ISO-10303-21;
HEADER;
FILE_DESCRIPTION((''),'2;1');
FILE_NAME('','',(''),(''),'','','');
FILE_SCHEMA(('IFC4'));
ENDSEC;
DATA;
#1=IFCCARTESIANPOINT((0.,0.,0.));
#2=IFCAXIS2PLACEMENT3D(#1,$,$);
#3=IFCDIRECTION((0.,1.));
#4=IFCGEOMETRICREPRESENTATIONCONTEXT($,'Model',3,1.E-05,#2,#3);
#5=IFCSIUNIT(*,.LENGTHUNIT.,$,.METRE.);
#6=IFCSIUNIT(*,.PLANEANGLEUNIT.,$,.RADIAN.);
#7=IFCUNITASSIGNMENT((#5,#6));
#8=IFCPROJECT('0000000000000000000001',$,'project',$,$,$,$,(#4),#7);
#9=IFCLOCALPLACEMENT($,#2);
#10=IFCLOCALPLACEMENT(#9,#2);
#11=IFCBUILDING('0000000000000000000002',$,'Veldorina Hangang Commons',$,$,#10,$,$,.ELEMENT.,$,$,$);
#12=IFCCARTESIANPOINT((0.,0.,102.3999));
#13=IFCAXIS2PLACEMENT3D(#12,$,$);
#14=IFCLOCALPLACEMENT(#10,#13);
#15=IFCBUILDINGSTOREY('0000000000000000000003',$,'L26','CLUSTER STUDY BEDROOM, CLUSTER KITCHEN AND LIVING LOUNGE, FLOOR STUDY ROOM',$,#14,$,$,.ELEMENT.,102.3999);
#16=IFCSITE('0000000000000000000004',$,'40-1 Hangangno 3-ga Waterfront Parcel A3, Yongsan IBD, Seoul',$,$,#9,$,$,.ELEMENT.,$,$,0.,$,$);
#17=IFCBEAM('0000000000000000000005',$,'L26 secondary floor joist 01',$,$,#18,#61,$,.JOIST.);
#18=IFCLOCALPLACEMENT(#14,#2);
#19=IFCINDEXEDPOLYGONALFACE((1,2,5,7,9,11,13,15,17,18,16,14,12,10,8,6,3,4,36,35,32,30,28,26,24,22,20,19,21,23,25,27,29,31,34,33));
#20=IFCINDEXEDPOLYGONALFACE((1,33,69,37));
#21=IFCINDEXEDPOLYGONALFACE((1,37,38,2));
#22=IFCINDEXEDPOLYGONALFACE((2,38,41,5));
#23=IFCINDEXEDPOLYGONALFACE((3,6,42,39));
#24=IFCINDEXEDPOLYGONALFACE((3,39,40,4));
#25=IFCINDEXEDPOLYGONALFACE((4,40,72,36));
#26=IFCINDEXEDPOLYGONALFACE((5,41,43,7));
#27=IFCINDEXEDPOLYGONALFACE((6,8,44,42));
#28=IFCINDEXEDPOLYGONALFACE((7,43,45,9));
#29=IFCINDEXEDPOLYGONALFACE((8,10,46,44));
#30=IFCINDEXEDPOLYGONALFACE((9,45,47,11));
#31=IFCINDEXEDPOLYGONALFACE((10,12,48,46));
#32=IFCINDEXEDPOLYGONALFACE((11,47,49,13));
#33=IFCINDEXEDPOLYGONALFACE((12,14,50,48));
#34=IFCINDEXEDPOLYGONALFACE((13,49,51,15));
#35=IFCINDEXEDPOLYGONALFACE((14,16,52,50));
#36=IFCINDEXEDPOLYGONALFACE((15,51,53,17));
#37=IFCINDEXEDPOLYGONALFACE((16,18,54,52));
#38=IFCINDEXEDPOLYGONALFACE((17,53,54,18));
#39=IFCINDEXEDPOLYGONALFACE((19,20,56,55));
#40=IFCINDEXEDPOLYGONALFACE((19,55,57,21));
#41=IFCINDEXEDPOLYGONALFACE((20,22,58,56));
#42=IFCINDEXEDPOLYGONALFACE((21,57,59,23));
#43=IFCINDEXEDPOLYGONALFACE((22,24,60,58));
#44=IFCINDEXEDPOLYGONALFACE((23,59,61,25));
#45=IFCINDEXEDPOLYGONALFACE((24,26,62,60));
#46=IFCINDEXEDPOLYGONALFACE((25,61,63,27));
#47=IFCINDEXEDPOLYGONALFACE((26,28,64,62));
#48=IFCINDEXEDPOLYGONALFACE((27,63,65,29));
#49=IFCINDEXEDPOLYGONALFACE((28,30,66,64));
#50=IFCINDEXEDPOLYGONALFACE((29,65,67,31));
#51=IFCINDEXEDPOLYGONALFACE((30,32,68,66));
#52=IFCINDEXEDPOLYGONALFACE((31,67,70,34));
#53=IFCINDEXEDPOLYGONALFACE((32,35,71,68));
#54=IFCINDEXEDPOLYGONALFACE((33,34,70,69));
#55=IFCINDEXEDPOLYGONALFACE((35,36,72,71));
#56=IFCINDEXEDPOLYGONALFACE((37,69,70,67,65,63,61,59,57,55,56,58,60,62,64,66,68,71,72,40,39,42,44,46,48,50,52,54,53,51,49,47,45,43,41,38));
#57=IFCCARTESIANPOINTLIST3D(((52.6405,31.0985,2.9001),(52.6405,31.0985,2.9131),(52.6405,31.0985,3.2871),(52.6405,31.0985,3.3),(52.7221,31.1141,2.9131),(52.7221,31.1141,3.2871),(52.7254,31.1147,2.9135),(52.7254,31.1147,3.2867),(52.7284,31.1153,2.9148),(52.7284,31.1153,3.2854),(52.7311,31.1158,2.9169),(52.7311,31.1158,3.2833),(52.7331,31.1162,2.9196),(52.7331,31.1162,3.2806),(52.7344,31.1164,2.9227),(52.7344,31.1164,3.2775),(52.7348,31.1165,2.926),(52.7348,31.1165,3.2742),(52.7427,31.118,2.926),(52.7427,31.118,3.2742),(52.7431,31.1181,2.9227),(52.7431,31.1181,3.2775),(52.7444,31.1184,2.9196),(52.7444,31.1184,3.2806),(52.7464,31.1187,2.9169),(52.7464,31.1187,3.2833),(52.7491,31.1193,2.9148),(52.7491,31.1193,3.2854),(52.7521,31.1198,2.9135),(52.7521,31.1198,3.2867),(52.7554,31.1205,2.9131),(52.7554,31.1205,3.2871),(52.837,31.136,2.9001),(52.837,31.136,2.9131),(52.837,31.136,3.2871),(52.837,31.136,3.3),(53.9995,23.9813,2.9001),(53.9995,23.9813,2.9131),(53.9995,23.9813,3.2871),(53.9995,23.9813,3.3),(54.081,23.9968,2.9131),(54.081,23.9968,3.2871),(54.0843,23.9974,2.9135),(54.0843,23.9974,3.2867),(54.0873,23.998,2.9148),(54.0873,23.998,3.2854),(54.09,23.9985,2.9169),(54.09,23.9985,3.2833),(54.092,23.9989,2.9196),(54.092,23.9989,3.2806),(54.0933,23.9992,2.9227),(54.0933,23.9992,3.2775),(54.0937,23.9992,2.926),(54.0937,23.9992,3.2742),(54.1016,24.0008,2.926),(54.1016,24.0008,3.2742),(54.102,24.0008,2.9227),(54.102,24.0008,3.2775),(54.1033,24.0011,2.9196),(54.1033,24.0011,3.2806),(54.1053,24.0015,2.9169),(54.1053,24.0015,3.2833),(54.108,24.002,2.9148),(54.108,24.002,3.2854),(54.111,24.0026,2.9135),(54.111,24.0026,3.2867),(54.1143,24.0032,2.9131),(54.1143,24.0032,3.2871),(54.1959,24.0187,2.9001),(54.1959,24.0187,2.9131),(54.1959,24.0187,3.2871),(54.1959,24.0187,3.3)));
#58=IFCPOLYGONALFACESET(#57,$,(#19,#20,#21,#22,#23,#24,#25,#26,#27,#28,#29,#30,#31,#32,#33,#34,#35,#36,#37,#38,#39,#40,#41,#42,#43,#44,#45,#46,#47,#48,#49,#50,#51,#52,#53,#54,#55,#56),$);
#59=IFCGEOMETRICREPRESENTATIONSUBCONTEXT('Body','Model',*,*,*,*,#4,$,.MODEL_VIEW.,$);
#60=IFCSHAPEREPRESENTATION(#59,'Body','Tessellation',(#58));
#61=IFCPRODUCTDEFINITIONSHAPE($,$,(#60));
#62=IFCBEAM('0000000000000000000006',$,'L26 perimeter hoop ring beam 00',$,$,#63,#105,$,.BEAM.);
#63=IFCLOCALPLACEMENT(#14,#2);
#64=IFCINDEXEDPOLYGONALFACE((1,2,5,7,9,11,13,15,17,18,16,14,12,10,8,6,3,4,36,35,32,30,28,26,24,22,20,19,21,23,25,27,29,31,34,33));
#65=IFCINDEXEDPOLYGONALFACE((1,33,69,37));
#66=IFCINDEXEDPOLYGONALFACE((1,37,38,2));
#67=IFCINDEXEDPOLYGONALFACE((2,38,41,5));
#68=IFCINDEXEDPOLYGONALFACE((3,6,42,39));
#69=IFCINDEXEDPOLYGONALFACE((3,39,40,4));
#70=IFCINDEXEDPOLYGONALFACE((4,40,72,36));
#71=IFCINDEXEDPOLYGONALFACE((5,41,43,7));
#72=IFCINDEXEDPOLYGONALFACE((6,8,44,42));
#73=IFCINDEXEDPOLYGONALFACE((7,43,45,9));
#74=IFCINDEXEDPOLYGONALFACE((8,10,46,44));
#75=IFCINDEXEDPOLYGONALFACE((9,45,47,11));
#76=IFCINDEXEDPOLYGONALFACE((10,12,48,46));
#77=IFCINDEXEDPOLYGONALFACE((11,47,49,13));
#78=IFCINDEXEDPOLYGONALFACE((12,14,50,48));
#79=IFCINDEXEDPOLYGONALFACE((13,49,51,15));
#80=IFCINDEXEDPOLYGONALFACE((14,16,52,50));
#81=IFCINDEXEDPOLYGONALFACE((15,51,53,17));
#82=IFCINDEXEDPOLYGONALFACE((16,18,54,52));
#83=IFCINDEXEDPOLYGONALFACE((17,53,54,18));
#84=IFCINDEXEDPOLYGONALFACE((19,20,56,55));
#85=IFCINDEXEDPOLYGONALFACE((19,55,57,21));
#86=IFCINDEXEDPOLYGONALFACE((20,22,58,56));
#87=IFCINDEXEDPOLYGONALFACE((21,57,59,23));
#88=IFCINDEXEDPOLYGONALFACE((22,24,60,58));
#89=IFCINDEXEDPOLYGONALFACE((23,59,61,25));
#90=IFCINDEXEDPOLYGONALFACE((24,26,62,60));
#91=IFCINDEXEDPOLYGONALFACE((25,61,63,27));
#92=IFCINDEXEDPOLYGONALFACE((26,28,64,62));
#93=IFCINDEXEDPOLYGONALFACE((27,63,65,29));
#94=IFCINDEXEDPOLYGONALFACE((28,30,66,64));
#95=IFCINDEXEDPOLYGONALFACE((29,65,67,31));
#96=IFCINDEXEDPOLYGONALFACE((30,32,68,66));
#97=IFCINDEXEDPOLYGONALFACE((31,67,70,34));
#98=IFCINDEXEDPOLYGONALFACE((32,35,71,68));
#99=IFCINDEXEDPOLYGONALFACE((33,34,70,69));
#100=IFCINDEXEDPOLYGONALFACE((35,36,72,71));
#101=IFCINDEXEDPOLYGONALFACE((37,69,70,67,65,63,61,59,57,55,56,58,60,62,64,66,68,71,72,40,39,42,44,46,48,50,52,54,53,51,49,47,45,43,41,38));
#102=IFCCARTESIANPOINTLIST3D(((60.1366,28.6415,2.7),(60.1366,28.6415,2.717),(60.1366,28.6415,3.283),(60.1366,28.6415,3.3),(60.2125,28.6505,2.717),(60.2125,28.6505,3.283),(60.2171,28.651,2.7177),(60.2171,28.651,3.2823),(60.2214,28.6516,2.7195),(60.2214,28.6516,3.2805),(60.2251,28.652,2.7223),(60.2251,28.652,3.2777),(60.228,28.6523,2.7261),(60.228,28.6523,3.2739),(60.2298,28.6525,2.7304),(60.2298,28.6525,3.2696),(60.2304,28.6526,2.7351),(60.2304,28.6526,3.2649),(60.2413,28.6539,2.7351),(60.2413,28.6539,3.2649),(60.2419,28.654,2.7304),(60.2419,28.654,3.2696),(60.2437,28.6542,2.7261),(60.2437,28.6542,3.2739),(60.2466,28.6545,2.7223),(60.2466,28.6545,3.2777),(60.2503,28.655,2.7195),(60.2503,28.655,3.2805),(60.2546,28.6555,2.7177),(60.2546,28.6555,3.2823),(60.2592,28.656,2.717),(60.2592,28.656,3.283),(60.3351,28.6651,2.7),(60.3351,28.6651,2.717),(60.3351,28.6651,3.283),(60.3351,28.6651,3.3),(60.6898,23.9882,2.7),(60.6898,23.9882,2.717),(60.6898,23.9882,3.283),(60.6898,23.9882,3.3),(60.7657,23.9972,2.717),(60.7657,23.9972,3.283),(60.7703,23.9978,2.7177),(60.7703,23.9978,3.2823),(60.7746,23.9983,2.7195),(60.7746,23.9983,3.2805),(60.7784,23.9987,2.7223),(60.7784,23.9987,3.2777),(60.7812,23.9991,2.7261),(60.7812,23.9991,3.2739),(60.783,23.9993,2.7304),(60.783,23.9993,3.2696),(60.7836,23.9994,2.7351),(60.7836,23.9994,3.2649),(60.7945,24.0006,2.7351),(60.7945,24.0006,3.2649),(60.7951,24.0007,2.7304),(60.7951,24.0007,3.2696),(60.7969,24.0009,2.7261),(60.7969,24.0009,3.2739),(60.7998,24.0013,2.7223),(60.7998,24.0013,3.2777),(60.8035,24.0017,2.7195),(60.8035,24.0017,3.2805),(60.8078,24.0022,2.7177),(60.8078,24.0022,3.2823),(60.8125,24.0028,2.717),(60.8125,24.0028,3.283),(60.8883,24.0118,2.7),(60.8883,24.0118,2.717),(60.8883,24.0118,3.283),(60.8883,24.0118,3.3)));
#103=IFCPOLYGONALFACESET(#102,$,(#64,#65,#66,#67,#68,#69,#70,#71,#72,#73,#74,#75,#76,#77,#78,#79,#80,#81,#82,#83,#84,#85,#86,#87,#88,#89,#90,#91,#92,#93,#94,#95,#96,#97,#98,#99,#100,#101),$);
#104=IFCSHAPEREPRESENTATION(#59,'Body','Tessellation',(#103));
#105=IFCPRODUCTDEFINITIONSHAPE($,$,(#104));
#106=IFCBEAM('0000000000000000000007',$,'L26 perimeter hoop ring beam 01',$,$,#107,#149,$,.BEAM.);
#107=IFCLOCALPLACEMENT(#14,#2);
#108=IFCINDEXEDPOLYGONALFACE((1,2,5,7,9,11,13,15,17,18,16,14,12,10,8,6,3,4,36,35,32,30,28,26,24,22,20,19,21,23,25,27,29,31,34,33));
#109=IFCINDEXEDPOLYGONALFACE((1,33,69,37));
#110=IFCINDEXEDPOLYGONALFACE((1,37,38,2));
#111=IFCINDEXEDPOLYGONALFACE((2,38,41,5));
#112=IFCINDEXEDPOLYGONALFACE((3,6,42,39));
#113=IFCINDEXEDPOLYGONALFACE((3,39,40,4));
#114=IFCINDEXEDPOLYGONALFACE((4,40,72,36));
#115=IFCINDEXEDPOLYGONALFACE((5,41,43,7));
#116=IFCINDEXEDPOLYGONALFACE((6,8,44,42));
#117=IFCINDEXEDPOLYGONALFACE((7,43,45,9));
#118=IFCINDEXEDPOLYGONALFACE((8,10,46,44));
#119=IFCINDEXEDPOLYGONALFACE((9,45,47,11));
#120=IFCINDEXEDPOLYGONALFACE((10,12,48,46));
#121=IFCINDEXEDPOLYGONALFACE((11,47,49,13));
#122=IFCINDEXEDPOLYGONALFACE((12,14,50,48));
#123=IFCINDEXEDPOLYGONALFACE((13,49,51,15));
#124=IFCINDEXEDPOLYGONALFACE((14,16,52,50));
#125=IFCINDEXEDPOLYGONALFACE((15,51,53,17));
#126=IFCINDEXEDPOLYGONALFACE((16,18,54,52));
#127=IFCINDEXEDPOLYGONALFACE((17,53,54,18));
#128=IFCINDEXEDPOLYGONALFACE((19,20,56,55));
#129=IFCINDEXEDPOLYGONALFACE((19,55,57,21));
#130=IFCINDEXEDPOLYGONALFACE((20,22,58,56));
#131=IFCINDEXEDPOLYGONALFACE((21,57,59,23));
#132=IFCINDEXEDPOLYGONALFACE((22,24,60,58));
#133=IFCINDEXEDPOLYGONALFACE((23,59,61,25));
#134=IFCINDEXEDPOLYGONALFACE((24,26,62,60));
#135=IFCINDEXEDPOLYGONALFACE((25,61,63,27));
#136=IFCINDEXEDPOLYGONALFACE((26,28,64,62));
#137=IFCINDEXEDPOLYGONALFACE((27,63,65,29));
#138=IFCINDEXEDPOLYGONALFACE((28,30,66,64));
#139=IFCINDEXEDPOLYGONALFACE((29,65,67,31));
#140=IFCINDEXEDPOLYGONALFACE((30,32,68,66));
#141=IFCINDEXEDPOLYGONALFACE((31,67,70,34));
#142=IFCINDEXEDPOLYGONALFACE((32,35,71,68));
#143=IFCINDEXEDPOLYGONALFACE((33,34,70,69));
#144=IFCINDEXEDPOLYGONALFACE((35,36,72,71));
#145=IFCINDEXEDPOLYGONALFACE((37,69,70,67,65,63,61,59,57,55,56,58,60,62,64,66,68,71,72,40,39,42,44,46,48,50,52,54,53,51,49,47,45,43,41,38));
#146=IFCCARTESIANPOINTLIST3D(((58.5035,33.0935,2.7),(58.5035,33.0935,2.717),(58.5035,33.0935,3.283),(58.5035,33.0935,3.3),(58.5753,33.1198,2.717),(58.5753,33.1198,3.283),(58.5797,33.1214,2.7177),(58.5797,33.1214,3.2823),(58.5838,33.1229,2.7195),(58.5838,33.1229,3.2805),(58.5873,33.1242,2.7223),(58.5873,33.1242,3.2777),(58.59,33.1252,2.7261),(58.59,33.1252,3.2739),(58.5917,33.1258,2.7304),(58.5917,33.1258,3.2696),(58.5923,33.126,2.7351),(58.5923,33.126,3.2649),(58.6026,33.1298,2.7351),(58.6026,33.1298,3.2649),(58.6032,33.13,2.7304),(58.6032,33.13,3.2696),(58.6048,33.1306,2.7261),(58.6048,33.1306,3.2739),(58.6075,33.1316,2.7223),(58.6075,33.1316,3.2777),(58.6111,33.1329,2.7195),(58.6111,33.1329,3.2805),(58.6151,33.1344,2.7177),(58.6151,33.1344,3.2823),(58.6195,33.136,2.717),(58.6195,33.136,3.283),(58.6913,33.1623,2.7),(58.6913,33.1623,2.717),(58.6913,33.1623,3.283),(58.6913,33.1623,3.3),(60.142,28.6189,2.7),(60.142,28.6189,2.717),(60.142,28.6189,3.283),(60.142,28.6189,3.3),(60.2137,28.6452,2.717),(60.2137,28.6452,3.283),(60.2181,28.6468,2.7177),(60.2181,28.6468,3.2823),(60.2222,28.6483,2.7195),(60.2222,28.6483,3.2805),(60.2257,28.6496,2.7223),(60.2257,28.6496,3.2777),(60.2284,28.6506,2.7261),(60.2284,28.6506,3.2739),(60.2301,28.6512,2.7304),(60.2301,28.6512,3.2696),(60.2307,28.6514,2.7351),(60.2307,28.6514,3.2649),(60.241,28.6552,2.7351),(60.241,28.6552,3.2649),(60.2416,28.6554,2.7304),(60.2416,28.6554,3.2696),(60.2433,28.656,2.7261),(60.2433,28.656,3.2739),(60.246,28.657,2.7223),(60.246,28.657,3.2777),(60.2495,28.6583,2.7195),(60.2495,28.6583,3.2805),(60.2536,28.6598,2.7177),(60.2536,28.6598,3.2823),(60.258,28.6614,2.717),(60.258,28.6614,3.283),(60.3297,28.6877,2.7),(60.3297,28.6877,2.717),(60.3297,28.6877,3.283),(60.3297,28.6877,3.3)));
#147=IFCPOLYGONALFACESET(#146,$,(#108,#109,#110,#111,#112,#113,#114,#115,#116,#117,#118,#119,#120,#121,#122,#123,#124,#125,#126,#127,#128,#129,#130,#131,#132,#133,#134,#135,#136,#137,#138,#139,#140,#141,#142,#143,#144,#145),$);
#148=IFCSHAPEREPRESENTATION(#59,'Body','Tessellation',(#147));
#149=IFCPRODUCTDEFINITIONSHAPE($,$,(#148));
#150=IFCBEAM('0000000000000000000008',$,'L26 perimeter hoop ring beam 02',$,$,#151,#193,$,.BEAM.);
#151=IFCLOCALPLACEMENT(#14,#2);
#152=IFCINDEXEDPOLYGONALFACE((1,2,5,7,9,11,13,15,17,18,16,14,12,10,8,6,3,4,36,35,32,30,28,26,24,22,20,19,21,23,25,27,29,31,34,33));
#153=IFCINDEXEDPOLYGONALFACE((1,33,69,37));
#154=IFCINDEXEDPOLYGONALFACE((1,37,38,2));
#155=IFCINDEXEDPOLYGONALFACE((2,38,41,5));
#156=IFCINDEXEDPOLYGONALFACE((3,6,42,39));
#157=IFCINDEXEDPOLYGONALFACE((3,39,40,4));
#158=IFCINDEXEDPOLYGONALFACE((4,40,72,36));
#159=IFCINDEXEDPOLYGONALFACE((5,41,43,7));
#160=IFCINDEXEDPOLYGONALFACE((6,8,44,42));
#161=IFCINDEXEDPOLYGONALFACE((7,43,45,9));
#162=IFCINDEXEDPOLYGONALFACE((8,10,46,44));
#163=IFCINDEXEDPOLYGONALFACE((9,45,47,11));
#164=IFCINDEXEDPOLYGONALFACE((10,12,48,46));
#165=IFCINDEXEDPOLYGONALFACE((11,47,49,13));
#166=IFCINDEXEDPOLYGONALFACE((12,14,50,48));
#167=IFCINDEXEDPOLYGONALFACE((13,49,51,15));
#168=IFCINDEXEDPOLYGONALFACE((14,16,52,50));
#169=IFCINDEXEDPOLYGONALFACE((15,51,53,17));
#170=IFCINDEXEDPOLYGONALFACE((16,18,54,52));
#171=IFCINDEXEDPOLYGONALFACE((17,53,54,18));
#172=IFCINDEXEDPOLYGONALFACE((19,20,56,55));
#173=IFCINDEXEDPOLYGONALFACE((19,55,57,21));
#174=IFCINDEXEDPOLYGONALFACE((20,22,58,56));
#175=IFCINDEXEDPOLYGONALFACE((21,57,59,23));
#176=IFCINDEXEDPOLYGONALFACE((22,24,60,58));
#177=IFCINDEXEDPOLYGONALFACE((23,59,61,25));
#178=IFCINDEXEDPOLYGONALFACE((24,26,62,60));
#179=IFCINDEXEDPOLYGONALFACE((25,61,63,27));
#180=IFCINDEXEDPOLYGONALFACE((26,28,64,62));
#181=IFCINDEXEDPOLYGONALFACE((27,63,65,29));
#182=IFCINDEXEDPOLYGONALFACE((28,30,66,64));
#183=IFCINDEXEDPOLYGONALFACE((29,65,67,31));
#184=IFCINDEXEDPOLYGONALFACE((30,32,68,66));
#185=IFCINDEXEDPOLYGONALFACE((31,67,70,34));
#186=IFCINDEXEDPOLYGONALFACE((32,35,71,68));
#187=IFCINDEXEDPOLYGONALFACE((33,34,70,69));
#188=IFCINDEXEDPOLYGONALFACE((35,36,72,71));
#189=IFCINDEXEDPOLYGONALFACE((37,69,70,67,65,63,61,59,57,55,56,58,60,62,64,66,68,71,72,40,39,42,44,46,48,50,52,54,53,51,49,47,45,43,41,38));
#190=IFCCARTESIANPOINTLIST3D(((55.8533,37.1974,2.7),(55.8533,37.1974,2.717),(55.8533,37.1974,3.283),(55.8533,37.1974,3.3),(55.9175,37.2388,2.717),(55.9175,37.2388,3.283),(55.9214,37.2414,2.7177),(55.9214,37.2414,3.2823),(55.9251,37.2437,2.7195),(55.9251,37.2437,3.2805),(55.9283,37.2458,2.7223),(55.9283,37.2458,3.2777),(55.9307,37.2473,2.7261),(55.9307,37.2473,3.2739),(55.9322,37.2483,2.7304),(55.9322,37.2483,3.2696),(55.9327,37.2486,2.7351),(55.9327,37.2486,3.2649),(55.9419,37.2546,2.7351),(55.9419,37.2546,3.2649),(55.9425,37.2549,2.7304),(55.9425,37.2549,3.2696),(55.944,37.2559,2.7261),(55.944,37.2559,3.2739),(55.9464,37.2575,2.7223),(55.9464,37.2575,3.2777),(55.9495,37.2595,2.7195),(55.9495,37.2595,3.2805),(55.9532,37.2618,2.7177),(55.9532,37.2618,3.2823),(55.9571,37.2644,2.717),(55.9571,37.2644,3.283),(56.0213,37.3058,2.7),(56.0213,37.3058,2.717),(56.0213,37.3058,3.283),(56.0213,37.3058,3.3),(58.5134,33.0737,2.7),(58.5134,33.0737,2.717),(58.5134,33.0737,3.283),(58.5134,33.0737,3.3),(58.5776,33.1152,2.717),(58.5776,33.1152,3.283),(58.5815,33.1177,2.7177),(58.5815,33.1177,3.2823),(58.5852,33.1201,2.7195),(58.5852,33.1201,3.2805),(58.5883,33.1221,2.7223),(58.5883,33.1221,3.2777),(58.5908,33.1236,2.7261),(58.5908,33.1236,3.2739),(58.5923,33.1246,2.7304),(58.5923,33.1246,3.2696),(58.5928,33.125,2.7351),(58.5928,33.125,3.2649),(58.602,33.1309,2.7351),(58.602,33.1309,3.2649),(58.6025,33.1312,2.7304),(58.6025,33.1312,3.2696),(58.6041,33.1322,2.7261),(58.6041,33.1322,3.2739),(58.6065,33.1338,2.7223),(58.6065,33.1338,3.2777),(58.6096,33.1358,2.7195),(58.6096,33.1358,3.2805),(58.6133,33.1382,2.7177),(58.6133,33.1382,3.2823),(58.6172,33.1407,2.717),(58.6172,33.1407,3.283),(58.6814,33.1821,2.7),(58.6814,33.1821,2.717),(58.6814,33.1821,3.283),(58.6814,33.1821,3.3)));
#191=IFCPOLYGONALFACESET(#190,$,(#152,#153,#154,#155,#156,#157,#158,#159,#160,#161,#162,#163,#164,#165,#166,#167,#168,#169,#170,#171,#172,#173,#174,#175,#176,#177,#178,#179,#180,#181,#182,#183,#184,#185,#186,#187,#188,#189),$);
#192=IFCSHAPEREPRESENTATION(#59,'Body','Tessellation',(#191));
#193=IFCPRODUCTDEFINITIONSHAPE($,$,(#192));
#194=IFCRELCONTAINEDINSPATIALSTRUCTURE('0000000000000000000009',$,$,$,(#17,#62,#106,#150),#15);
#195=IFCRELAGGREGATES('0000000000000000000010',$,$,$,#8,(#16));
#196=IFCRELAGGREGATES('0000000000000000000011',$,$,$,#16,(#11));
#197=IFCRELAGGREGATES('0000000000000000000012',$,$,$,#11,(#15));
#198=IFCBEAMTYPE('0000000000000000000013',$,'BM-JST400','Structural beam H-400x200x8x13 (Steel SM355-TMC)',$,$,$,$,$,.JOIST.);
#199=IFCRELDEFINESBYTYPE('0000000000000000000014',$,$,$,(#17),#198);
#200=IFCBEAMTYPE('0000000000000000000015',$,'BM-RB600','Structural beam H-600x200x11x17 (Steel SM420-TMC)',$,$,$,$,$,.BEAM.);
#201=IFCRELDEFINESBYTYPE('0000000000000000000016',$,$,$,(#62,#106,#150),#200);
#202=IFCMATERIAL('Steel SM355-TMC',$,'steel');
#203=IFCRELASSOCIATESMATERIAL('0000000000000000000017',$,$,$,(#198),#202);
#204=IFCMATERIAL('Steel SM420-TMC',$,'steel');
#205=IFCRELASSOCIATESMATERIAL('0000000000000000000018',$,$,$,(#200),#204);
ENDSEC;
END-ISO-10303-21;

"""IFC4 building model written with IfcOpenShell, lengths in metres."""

from ifc_helpers import new_model, si_unit, direction, frame, origin, origin_2d, place, context, subcontext, project, spatial, i_section, extrude, material, material_profile, profile_set, type_object, element, save


model = new_model("IFC4")

# Units and contexts
model_context = context("Model", 3, precision=1e-05, world=origin(), true_north=direction((0.0, 1.0)))
body_context = subcontext(model_context, "Body", "Model", "MODEL_VIEW")
ifc_project = project(units=[si_unit("LENGTHUNIT", "METRE"), si_unit("PLANEANGLEUNIT", "RADIAN")], contexts=[model_context])

# Site, building, storey
site_placement = place(None, origin())
site = spatial("IfcSite", under=ifc_project, at=site_placement, Name="40-1 Hangangno 3-ga Waterfront Parcel A3, Yongsan IBD, Seoul", CompositionType="ELEMENT", RefElevation=0.0)
building_placement = place(site_placement, origin())
building = spatial("IfcBuilding", under=site, at=building_placement, Name="Veldorina Hangang Commons", CompositionType="ELEMENT")
storey_placement = place(building_placement, frame((0.0, 0.0, 102.3999)))
storey = spatial("IfcBuildingStorey", under=building, at=storey_placement, Name="L26", Description="CLUSTER STUDY BEDROOM, CLUSTER KITCHEN AND LIVING LOUNGE, FLOOR STUDY ROOM", CompositionType="ELEMENT", Elevation=102.3999)

# Beams
ifc_material_1 = material(Name="Steel SM355-TMC", Category="steel")
ifc_material_profile_1 = material_profile(ifc_material_1, i_section(OverallWidth=0.2, OverallDepth=0.3999, WebThickness=0.0081, FlangeThickness=0.0129, FilletRadius=0.0129, at=origin_2d()), Name="H-400x200x8x13")
ifc_profile_set_1 = profile_set([ifc_material_profile_1], Name="Steel SM355-TMC")
beam_type_1 = type_object("IfcBeamType", Name="BM-JST400", Description="Structural beam H-400x200x8x13 (Steel SM355-TMC)", PredefinedType="JOIST", material=ifc_profile_set_1)
beam_1_placement = place(storey_placement, frame((54.0977, 24.0, 3.1001), z_axis=(-0.187543, 0.982256, 0.0), x_axis=(-0.982256, -0.187543, 0.0)))
element("IfcBeam", 1, at=beam_1_placement, inside=storey, type_object=beam_type_1, Name="L26 secondary floor joist 01", PredefinedType="JOIST", context=body_context, shape_type="SweptSolid", body=[
    extrude(i_section(OverallWidth=0.2, OverallDepth=0.3999, WebThickness=0.0081, FlangeThickness=0.0129, FilletRadius=0.0129, at=origin_2d()), origin(), (0.0, 0.0, 1.0), 7.2458),
])
ifc_material_2 = material(Name="Steel SM420-TMC", Category="steel")
ifc_material_profile_2 = material_profile(ifc_material_2, i_section(OverallWidth=0.2, OverallDepth=0.6001, WebThickness=0.011, FlangeThickness=0.0171, FilletRadius=0.0181, at=origin_2d()), Name="H-600x200x11x17")
ifc_profile_set_2 = profile_set([ifc_material_profile_2], Name="Steel SM420-TMC")
beam_type_2 = type_object("IfcBeamType", Name="BM-RB600", Description="Structural beam H-600x200x11x17 (Steel SM420-TMC)", PredefinedType="BEAM", material=ifc_profile_set_2)
beam_2_placement = place(storey_placement, frame((60.7891, 24.0, 3.0), z_axis=(-0.118056, 0.993007, 0.0), x_axis=(-0.993007, -0.118056, 0.0)))
element("IfcBeam", 2, at=beam_2_placement, inside=storey, type_object=beam_type_2, Name="L26 perimeter hoop ring beam 00", PredefinedType="BEAM", context=body_context, shape_type="SweptSolid", body=[
    extrude(i_section(OverallWidth=0.2, OverallDepth=0.6001, WebThickness=0.011, FlangeThickness=0.0171, FilletRadius=0.0181, at=origin_2d()), origin(), (0.0, 0.0, 1.0), 4.686),
])
beam_3_placement = place(storey_placement, frame((60.2358, 28.6533, 3.0), z_axis=(-0.343836, 0.93903, 0.0), x_axis=(-0.93903, -0.343836, 0.0)))
element("IfcBeam", 3, at=beam_3_placement, inside=storey, type_object=beam_type_2, Name="L26 perimeter hoop ring beam 01", PredefinedType="BEAM", context=body_context, shape_type="SweptSolid", body=[
    extrude(i_section(OverallWidth=0.2, OverallDepth=0.6001, WebThickness=0.011, FlangeThickness=0.0171, FilletRadius=0.0181, at=origin_2d()), origin(), (0.0, 0.0, 1.0), 4.7651),
])
beam_4_placement = place(storey_placement, frame((58.5974, 33.1279, 3.0), z_axis=(-0.542077, 0.840329, 0.0), x_axis=(-0.840329, -0.542077, 0.0)))
element("IfcBeam", 4, at=beam_4_placement, inside=storey, type_object=beam_type_2, Name="L26 perimeter hoop ring beam 02", PredefinedType="BEAM", context=body_context, shape_type="SweptSolid", body=[
    extrude(i_section(OverallWidth=0.2, OverallDepth=0.6001, WebThickness=0.011, FlangeThickness=0.0171, FilletRadius=0.0181, at=origin_2d()), origin(), (0.0, 0.0, 1.0), 4.9072),
])

save(model, "model.ifc")
